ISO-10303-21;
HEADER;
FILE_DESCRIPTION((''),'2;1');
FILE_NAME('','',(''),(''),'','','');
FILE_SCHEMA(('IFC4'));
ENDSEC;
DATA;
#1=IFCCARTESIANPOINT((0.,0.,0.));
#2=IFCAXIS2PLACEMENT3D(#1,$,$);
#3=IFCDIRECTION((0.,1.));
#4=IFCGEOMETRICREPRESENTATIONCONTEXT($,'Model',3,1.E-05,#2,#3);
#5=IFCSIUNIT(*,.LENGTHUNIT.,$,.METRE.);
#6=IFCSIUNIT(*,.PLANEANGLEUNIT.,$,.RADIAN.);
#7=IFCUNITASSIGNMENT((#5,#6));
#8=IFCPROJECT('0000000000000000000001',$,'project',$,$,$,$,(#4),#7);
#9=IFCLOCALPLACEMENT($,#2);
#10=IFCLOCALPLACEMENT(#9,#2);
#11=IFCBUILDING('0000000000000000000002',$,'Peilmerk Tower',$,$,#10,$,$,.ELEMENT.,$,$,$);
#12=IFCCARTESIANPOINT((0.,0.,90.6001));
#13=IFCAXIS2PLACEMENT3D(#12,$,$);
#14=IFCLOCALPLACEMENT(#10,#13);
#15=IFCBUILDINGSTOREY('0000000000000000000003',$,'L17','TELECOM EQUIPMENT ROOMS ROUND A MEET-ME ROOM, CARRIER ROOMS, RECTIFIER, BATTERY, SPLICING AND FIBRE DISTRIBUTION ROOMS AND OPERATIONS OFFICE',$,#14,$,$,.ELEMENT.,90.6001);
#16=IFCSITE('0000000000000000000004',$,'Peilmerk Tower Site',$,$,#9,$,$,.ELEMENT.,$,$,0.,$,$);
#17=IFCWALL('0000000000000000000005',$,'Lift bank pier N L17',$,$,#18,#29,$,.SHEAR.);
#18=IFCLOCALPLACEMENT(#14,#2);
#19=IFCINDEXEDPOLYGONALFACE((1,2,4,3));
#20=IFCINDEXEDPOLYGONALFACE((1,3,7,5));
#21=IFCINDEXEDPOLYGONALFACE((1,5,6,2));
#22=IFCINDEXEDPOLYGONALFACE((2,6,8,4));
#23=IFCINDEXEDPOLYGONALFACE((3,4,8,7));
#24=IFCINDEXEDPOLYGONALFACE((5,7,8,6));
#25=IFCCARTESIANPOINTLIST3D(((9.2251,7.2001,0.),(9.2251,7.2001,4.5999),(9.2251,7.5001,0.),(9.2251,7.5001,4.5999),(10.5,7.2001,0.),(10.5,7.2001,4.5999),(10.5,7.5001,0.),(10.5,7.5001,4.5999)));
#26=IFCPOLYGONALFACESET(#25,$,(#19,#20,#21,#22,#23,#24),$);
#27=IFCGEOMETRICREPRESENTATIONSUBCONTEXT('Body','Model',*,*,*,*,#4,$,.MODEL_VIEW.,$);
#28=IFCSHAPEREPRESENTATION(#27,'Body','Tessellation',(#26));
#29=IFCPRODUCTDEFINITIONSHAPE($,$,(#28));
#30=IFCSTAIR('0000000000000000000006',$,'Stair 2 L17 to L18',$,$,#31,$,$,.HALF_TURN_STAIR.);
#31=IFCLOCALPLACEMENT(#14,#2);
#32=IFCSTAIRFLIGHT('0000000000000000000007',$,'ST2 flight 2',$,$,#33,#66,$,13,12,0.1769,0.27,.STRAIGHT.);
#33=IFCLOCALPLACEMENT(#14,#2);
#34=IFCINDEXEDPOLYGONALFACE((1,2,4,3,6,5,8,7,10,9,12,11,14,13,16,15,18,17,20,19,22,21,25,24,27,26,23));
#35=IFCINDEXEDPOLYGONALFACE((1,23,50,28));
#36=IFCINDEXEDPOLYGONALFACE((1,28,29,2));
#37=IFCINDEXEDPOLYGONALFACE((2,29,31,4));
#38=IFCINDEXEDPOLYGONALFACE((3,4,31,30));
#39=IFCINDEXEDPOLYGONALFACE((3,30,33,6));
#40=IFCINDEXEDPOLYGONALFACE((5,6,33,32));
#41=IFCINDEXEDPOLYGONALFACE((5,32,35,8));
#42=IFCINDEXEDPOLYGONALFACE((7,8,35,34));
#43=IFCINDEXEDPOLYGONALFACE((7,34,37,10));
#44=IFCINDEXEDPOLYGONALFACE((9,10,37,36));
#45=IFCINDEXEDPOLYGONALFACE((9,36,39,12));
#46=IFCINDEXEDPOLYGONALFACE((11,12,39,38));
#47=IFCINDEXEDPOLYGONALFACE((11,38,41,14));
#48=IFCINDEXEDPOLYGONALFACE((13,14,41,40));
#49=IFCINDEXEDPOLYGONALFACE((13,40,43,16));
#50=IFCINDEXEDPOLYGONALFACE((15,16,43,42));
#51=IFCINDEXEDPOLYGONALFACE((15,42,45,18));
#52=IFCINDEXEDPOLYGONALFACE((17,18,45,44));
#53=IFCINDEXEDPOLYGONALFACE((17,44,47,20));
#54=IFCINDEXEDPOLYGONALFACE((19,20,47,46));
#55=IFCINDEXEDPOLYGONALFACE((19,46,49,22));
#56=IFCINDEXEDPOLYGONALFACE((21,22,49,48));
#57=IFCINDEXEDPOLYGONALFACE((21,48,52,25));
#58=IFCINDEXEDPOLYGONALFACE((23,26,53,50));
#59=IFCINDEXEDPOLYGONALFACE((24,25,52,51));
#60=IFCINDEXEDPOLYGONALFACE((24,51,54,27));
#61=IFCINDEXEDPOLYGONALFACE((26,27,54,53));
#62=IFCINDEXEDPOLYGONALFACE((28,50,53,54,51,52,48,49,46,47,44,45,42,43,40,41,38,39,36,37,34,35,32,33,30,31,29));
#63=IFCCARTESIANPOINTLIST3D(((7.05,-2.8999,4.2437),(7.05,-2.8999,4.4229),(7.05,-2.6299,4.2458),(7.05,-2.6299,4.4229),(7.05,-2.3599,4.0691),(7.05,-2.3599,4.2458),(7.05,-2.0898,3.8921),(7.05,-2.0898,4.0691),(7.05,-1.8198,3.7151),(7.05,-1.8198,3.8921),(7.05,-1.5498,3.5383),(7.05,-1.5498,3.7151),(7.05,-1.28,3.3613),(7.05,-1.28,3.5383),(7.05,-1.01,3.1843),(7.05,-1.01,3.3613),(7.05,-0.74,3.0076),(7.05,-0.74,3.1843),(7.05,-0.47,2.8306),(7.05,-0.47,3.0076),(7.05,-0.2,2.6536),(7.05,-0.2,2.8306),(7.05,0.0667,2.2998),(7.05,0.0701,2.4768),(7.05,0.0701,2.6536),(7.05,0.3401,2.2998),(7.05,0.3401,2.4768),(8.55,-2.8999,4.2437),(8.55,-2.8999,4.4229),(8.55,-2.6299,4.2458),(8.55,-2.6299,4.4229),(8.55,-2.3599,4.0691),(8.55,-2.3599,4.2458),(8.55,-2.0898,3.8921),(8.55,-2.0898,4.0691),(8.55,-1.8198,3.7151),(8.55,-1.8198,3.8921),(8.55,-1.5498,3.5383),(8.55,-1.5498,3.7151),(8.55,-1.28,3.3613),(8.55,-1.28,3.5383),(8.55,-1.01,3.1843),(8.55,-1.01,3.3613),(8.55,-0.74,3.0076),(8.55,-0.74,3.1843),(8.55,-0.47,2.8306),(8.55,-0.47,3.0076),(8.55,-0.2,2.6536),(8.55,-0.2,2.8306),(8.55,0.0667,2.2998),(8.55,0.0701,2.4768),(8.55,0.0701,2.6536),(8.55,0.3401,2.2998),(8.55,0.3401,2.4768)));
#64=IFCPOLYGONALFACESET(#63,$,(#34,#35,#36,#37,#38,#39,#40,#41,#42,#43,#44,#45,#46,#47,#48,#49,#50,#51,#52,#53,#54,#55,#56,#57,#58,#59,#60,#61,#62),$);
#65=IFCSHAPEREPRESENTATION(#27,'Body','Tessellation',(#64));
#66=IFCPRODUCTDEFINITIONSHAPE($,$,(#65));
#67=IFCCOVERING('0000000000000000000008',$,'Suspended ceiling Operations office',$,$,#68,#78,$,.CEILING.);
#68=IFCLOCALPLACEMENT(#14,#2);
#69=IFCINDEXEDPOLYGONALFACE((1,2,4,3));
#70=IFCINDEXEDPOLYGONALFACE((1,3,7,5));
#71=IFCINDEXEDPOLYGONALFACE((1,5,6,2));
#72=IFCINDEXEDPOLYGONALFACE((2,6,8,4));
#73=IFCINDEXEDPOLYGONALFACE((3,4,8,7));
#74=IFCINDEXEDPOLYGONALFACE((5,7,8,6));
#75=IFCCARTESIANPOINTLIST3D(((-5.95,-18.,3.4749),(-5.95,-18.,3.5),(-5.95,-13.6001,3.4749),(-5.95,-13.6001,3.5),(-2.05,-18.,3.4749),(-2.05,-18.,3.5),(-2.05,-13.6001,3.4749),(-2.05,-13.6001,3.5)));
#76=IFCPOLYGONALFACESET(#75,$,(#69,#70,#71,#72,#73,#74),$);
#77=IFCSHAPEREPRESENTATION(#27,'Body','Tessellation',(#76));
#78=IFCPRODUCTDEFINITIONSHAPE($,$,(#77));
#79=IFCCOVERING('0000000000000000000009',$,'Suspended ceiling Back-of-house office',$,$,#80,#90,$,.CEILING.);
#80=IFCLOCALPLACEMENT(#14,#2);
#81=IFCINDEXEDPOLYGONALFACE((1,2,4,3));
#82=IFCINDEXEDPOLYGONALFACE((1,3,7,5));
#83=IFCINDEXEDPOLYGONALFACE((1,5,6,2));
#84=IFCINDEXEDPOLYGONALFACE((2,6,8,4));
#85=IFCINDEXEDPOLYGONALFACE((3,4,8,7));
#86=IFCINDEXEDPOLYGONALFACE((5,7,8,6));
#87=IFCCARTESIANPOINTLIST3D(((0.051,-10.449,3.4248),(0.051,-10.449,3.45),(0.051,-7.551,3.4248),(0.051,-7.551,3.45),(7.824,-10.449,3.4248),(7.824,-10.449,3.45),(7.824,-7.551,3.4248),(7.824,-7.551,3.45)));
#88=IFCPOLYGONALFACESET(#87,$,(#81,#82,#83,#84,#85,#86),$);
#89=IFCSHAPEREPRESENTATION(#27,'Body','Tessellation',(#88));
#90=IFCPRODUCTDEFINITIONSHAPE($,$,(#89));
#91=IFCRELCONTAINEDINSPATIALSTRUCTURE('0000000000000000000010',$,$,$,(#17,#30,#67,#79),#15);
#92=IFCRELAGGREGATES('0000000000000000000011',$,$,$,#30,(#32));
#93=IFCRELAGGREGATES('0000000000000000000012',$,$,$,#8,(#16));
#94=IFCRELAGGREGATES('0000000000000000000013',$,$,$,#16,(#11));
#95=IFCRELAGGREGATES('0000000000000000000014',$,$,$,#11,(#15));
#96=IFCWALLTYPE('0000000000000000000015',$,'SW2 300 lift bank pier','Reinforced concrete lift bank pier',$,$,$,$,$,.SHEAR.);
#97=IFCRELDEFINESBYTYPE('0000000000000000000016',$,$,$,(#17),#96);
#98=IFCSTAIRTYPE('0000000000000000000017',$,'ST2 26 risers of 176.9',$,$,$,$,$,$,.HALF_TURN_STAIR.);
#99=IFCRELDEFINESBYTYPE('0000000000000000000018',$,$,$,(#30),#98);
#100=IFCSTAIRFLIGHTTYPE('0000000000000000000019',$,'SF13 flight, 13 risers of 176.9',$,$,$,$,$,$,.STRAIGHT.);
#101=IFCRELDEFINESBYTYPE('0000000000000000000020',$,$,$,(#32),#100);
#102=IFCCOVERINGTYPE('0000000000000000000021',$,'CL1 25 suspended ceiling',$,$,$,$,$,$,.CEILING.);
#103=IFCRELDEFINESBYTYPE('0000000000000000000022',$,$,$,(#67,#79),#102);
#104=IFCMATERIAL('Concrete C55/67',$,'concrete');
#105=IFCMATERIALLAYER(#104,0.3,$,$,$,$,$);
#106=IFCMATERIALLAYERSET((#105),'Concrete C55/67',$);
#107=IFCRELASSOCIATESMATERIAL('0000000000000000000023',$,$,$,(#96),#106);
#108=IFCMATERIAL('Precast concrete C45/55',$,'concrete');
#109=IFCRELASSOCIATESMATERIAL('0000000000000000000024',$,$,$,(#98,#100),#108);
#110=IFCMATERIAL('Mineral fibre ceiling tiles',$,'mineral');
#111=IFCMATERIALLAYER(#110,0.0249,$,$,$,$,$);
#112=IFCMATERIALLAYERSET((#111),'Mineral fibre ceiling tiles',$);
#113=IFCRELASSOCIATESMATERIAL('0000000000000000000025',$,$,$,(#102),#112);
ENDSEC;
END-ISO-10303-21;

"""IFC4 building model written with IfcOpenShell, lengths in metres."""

from ifc_helpers import new_model, si_unit, direction, frame, frame_2d, origin, place, context, subcontext, project, spatial, polyline, rectangle, outline, extrude, material, layer, layer_set, type_object, element, aggregate, save


model = new_model("IFC4")

# Units and contexts
model_context = context("Model", 3, precision=1e-05, world=origin(), true_north=direction((0.0, 1.0)))
body_context = subcontext(model_context, "Body", "Model", "MODEL_VIEW")
ifc_project = project(units=[si_unit("LENGTHUNIT", "METRE"), si_unit("PLANEANGLEUNIT", "RADIAN")], contexts=[model_context])

# Site, building, storey
site_placement = place(None, origin())
site = spatial("IfcSite", under=ifc_project, at=site_placement, Name="Peilmerk Tower Site", CompositionType="ELEMENT", RefElevation=0.0)
building_placement = place(site_placement, origin())
building = spatial("IfcBuilding", under=site, at=building_placement, Name="Peilmerk Tower", CompositionType="ELEMENT")
storey_placement = place(building_placement, frame((0.0, 0.0, 90.6001)))
storey = spatial("IfcBuildingStorey", under=building, at=storey_placement, Name="L17", Description="TELECOM EQUIPMENT ROOMS ROUND A MEET-ME ROOM, CARRIER ROOMS, RECTIFIER, BATTERY, SPLICING AND FIBRE DISTRIBUTION ROOMS AND OPERATIONS OFFICE", CompositionType="ELEMENT", Elevation=90.6001)

# Wall
ifc_material_1 = material(Name="Concrete C55/67", Category="concrete")
ifc_layer_1 = layer(ifc_material_1, 0.3)
ifc_layer_set_1 = layer_set([ifc_layer_1], Name="Concrete C55/67")
wall_type_1 = type_object("IfcWallType", Name="SW2 300 lift bank pier", Description="Reinforced concrete lift bank pier", PredefinedType="SHEAR", material=ifc_layer_set_1)
wall_1_placement = place(storey_placement, frame((9.2251, 7.3501, 0.0), z_axis=(0.0, 0.0, 1.0), x_axis=(1.0, 0.0, 0.0)))
element("IfcWall", 1, at=wall_1_placement, inside=storey, type_object=wall_type_1, Name="Lift bank pier N L17", PredefinedType="SHEAR", context=body_context, shape_type="SweptSolid", body=[
    extrude(rectangle(XDim=1.2749, YDim=0.3, at=frame_2d((0.6375, 0.0))), origin(), (0.0, 0.0, 1.0), 4.5999),
])

# Stair, stair flight
ifc_material_2 = material(Name="Precast concrete C45/55", Category="concrete")
stair_type = type_object("IfcStairType", Name="ST2 26 risers of 176.9", PredefinedType="HALF_TURN_STAIR", material=ifc_material_2)
stair_placement = place(storey_placement, origin())
stair = element("IfcStair", 2, at=stair_placement, inside=storey, type_object=stair_type, Name="Stair 2 L17 to L18", PredefinedType="HALF_TURN_STAIR")
stair_flight_type = type_object("IfcStairFlightType", Name="SF13 flight, 13 risers of 176.9", PredefinedType="STRAIGHT", material=ifc_material_2)
stair_flight_placement = place(storey_placement, frame((7.8, 0.3401, 2.2998), z_axis=(0.0, 0.0, 1.0), x_axis=(0.0, -1.0, 0.0)))
stair_flight = element("IfcStairFlight", 3, at=stair_flight_placement, type_object=stair_flight_type, Name="ST2 flight 2", NumberOfRisers=13, NumberOfTreads=12, PredefinedType="STRAIGHT", RiserHeight=0.1769, TreadLength=0.27, context=body_context, shape_type="SweptSolid", body=[
    extrude(outline(polyline([(0.0, 0.0), (0.0, 0.177), (0.27, 0.177), (0.27, 0.3538), (0.54, 0.3538), (0.54, 0.5308), (0.8101, 0.5308), (0.8101, 0.7078), (1.0801, 0.7078), (1.0801, 0.8845), (1.3501, 0.8845), (1.3501, 1.0615), (1.6201, 1.0615), (1.6201, 1.2385), (1.8899, 1.2385), (1.8899, 1.4153), (2.1599, 1.4153), (2.1599, 1.5923), (2.4299, 1.5923), (2.4299, 1.7693), (2.7, 1.7693), (2.7, 1.946), (2.97, 1.946), (2.97, 2.123), (3.24, 2.123), (3.24, 2.3), (3.24, 1.9438), (0.2734, 0.0), (0.0, 0.0)])), frame((0.0, 0.75, 0.0), z_axis=(0.0, -1.0, 0.0), x_axis=(1.0, 0.0, 0.0)), (0.0, 0.0, 1.0), 1.5),
])
aggregate(stair, [stair_flight])

# Coverings
ifc_material_3 = material(Name="Mineral fibre ceiling tiles", Category="mineral")
ifc_layer_2 = layer(ifc_material_3, 0.0249)
ifc_layer_set_2 = layer_set([ifc_layer_2], Name="Mineral fibre ceiling tiles")
covering_type_1 = type_object("IfcCoveringType", Name="CL1 25 suspended ceiling", PredefinedType="CEILING", material=ifc_layer_set_2)
covering_1_placement = place(storey_placement, frame((0.0, 0.0, 3.4749)))
element("IfcCovering", 4, at=covering_1_placement, inside=storey, type_object=covering_type_1, Name="Suspended ceiling Operations office", PredefinedType="CEILING", context=body_context, shape_type="SweptSolid", body=[
    extrude(outline(polyline([(-2.05, -18.0), (-2.05, -13.6001), (-5.95, -13.6001), (-5.95, -18.0), (-2.05, -18.0)])), origin(), (0.0, 0.0, 1.0), 0.0251),
])
covering_2_placement = place(storey_placement, frame((0.0, 0.0, 3.4248)))
element("IfcCovering", 5, at=covering_2_placement, inside=storey, type_object=covering_type_1, Name="Suspended ceiling Back-of-house office", PredefinedType="CEILING", context=body_context, shape_type="SweptSolid", body=[
    extrude(outline(polyline([(0.051, -10.449), (7.824, -10.449), (7.824, -7.551), (0.051, -7.551), (0.051, -10.449)])), origin(), (0.0, 0.0, 1.0), 0.0251),
])

save(model, "model.ifc")
